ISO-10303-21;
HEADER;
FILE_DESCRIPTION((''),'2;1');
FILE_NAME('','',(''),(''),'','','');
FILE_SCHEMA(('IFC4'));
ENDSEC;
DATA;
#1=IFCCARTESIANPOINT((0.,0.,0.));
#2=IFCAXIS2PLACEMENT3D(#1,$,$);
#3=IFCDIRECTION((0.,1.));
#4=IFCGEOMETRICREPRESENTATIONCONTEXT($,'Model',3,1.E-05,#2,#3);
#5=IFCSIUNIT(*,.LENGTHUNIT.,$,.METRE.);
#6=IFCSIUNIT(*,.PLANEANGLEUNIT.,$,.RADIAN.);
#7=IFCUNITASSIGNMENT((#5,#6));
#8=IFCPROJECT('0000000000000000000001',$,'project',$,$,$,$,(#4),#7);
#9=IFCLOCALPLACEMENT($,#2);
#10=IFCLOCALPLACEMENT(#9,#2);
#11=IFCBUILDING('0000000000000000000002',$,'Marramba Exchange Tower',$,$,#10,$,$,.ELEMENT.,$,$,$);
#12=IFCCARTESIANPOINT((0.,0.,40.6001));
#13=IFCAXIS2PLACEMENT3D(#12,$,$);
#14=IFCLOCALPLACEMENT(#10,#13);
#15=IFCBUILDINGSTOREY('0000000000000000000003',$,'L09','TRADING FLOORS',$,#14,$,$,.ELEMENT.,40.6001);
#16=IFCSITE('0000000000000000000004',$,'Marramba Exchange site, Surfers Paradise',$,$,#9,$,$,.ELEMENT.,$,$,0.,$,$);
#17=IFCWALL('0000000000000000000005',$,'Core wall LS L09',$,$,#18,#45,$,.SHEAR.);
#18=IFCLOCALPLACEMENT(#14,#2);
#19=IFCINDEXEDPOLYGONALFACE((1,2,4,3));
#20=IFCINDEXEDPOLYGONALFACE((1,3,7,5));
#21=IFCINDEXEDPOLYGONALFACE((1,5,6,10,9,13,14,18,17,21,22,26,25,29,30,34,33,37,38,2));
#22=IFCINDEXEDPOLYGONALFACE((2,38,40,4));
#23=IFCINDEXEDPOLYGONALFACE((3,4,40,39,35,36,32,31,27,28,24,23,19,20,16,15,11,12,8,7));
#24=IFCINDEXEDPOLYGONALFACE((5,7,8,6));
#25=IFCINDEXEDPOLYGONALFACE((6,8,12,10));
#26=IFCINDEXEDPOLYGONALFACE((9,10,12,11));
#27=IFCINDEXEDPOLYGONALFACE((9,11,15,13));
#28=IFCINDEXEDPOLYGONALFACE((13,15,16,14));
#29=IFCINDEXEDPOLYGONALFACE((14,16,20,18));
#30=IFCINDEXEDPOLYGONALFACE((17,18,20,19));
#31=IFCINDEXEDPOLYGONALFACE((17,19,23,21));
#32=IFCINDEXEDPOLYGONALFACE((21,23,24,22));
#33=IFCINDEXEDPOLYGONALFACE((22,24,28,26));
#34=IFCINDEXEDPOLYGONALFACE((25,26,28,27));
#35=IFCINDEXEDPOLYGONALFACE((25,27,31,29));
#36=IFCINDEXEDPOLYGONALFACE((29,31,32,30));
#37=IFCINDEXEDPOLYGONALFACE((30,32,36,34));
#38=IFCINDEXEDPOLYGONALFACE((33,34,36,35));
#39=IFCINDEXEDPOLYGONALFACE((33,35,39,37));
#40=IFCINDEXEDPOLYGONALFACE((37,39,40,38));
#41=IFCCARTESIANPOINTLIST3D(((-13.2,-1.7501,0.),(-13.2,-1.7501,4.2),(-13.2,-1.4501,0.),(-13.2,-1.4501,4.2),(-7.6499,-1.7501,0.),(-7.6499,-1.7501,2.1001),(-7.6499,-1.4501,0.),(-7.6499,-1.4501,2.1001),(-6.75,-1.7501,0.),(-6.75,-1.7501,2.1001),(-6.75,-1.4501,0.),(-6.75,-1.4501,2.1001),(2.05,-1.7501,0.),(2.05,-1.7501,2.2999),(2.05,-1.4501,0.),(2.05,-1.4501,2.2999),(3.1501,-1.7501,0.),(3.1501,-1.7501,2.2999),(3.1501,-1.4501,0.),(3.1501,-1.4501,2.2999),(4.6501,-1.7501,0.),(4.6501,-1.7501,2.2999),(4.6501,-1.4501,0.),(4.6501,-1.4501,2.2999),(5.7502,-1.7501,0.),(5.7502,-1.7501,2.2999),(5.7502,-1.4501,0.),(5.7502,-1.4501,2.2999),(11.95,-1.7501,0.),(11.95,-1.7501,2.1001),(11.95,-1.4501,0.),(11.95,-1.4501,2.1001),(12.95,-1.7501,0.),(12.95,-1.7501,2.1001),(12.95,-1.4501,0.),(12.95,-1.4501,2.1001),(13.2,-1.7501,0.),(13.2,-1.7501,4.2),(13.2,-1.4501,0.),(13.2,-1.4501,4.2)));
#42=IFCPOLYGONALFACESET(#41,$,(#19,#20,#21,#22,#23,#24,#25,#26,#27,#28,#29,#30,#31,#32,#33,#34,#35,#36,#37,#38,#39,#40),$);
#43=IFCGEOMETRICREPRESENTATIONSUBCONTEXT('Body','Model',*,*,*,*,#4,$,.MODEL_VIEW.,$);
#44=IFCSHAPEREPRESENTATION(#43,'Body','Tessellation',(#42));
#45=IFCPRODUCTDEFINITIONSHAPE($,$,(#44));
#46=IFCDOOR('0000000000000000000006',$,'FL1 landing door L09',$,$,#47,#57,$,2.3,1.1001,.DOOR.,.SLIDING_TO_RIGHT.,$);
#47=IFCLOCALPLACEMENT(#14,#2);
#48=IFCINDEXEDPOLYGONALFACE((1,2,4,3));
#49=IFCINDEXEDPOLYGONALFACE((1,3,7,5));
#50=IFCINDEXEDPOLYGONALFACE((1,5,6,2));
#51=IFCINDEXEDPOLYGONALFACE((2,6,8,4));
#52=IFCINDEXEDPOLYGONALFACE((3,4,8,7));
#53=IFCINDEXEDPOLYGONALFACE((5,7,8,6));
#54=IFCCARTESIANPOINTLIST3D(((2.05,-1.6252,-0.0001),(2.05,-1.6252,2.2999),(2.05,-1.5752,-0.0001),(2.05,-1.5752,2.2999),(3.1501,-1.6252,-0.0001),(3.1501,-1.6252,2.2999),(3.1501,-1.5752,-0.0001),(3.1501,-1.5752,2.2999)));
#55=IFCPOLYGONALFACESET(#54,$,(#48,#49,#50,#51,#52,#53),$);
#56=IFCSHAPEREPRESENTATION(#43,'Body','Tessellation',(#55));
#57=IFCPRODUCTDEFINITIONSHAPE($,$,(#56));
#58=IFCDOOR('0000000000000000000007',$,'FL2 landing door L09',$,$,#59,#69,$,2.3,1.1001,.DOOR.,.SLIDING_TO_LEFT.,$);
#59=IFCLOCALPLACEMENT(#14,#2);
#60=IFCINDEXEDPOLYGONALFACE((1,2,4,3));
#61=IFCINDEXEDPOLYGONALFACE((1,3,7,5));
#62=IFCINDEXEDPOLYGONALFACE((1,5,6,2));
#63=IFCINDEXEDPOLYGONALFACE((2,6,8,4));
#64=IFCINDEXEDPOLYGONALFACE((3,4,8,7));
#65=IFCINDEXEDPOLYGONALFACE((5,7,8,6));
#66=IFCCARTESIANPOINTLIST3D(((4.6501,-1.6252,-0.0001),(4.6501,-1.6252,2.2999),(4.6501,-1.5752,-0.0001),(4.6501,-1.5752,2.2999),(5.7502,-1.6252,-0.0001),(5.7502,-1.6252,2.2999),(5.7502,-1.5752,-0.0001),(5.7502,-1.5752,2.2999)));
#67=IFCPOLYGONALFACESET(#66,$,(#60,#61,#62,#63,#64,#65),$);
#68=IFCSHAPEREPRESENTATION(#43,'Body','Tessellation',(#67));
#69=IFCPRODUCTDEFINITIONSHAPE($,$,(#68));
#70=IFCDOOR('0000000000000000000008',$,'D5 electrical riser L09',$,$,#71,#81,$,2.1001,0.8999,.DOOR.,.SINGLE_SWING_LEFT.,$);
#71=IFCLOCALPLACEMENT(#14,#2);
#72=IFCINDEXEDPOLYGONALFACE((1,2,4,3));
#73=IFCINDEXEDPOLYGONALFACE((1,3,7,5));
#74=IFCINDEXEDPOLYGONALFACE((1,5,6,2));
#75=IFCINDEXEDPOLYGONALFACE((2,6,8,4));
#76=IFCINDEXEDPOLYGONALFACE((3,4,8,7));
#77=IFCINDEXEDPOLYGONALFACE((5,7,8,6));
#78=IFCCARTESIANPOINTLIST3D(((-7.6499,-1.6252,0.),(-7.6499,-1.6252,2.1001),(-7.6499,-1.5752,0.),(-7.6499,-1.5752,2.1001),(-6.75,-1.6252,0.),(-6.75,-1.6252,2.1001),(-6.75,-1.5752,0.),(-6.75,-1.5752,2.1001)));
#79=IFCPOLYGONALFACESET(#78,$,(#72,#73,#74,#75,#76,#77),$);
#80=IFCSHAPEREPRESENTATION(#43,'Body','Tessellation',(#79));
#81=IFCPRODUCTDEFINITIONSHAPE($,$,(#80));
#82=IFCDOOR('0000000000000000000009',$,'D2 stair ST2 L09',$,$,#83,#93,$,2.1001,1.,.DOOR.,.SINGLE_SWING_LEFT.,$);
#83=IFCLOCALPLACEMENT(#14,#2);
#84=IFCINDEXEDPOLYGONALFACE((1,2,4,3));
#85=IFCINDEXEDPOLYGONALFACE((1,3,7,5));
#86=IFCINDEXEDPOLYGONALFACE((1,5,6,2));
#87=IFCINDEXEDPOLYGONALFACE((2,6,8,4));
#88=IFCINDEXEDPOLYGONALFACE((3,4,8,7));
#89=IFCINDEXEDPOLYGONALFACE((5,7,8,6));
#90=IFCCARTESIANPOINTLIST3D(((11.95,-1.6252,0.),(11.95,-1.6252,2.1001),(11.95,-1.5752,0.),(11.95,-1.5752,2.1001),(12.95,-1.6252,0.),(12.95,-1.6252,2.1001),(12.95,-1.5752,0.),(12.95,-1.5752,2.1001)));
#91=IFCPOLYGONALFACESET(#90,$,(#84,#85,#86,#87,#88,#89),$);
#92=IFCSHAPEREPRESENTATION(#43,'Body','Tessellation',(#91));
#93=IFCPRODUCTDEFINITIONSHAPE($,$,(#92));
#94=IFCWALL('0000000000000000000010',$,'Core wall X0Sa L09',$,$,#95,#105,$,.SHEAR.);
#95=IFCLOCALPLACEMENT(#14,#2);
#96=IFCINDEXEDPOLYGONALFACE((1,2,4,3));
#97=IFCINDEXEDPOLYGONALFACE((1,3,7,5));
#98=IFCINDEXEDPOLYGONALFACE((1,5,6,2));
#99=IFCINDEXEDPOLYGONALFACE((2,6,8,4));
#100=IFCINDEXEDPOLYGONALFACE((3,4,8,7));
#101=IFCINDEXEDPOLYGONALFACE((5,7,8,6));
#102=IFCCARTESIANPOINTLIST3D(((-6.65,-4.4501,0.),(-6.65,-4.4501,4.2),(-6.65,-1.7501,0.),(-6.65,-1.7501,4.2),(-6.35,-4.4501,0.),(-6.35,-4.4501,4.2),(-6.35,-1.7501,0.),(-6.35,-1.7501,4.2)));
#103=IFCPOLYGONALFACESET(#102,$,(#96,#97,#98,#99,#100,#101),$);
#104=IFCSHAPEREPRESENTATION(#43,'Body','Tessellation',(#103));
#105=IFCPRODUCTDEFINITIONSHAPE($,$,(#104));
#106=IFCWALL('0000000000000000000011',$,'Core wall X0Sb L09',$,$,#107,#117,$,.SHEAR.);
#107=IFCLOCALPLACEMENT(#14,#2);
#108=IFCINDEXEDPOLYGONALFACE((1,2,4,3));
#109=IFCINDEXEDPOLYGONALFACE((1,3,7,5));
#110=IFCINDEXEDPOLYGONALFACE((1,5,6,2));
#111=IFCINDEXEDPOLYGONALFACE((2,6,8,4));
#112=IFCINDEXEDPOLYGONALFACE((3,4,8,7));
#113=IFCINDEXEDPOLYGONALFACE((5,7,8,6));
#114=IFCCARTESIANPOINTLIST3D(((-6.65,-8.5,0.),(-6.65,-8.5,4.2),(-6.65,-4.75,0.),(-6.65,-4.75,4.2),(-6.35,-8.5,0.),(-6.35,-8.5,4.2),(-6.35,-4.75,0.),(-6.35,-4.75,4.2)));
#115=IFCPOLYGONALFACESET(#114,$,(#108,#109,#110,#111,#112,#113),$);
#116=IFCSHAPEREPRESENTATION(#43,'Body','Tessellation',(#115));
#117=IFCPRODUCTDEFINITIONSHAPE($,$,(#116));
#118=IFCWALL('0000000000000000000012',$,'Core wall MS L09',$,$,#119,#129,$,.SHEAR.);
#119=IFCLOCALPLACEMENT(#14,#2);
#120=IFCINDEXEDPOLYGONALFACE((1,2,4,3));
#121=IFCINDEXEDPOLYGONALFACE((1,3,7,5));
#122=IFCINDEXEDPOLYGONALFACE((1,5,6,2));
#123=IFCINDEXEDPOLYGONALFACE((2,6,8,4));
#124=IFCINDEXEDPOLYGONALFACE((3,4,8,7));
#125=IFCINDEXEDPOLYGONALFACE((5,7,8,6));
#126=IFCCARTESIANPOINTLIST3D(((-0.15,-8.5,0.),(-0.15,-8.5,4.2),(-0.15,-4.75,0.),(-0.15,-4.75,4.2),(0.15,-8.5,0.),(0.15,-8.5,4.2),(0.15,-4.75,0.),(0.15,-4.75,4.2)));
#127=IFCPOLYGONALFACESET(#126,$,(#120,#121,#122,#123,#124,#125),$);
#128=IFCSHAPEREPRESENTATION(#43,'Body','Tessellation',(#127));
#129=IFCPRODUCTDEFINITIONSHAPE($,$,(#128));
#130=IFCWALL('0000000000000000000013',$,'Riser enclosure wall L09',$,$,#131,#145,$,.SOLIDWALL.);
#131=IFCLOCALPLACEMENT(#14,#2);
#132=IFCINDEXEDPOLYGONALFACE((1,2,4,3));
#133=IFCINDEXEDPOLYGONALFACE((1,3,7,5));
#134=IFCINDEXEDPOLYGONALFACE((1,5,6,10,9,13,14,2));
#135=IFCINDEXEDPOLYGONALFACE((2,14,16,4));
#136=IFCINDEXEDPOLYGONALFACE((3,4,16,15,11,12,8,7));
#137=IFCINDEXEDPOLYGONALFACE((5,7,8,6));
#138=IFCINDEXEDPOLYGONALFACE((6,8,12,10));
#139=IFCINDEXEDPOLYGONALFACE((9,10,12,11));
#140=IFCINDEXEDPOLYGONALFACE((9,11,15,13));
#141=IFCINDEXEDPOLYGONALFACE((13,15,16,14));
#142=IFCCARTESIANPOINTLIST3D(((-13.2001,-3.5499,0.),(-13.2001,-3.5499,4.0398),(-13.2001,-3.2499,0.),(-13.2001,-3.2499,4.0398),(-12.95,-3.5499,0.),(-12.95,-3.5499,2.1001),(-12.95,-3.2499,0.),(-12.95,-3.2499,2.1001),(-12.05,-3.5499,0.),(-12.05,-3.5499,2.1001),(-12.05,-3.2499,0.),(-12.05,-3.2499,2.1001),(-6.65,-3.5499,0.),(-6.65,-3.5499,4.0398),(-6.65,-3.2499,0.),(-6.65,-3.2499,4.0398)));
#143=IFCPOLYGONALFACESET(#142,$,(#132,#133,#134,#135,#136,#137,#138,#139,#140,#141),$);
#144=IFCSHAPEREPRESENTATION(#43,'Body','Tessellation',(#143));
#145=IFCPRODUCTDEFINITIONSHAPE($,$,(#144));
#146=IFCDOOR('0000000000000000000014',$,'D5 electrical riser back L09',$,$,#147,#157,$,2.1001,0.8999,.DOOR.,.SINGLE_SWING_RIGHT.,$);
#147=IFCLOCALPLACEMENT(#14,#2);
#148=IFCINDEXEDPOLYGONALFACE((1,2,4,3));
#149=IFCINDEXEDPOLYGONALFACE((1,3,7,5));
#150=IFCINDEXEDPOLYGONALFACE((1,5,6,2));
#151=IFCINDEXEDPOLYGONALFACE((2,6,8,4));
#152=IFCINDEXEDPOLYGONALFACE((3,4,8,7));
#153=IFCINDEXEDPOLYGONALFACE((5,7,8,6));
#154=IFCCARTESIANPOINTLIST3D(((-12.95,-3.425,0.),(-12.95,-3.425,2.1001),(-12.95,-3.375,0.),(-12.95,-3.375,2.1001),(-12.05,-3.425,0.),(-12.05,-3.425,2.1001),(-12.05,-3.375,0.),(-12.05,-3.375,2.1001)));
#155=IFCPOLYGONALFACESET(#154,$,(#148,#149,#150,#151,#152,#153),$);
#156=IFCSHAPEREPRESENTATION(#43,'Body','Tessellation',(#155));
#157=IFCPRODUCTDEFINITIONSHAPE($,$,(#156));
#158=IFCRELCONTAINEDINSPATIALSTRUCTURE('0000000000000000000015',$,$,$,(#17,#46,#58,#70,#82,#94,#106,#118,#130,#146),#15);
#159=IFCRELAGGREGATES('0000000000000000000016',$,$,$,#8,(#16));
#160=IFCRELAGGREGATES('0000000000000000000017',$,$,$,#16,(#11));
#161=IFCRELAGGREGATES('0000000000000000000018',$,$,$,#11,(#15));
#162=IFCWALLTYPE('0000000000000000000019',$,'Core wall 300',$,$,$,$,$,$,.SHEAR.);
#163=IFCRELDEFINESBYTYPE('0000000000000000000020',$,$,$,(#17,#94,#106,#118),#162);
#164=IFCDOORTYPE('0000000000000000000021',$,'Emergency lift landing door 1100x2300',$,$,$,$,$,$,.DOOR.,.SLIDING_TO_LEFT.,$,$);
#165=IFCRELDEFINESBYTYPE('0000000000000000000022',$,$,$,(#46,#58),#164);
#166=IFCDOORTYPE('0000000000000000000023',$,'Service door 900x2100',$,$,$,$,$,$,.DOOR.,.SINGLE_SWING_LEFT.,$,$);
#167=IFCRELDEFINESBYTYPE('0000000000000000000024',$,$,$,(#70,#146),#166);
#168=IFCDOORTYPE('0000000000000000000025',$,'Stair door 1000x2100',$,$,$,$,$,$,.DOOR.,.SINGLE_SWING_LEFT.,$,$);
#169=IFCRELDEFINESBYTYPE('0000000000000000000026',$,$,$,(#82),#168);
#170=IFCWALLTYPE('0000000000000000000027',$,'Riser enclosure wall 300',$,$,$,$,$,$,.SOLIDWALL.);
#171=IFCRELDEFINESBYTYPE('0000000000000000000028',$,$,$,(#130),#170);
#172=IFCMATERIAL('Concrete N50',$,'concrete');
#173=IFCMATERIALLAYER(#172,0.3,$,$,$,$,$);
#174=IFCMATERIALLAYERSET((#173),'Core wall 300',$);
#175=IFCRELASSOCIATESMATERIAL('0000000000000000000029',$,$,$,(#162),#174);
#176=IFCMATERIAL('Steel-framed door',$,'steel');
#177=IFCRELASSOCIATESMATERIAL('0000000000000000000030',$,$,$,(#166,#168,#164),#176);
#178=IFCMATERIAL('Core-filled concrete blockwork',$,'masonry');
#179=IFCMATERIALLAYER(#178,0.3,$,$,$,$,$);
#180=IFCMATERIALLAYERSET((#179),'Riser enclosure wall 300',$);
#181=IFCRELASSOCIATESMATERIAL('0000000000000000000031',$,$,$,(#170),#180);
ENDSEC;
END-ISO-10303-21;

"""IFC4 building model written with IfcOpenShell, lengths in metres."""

from ifc_helpers import new_model, si_unit, direction, frame, frame_2d, origin, place, context, subcontext, project, spatial, rectangle, extrude, material, layer, layer_set, type_object, element, fill, save


model = new_model("IFC4")

# Units and contexts
model_context = context("Model", 3, precision=1e-05, world=origin(), true_north=direction((0.0, 1.0)))
body_context = subcontext(model_context, "Body", "Model", "MODEL_VIEW")
ifc_project = project(units=[si_unit("LENGTHUNIT", "METRE"), si_unit("PLANEANGLEUNIT", "RADIAN")], contexts=[model_context])

# Site, building, storey
site_placement = place(None, origin())
site = spatial("IfcSite", under=ifc_project, at=site_placement, Name="Marramba Exchange site, Surfers Paradise", CompositionType="ELEMENT", RefElevation=0.0)
building_placement = place(site_placement, origin())
building = spatial("IfcBuilding", under=site, at=building_placement, Name="Marramba Exchange Tower", CompositionType="ELEMENT")
storey_placement = place(building_placement, frame((0.0, 0.0, 40.6001)))
storey = spatial("IfcBuildingStorey", under=building, at=storey_placement, Name="L09", Description="TRADING FLOORS", CompositionType="ELEMENT", Elevation=40.6001)

# Shared definitions
ifc_material_1 = material(Name="Concrete N50", Category="concrete")

# Wall, openings, doors
ifc_layer_1 = layer(ifc_material_1, 0.3)
ifc_layer_set_1 = layer_set([ifc_layer_1], Name="Core wall 300")
wall_type_1 = type_object("IfcWallType", Name="Core wall 300", PredefinedType="SHEAR", material=ifc_layer_set_1)
ifc_material_2 = material(Name="Steel-framed door", Category="steel")
door_type_1 = type_object("IfcDoorType", Name="Service door 900x2100", OperationType="SINGLE_SWING_LEFT", PredefinedType="DOOR", material=ifc_material_2)
door_type_2 = type_object("IfcDoorType", Name="Stair door 1000x2100", OperationType="SINGLE_SWING_LEFT", PredefinedType="DOOR", material=ifc_material_2)
wall_1_placement = place(storey_placement, frame((-13.2, -1.6001, 0.0), z_axis=(0.0, 0.0, 1.0), x_axis=(1.0, 0.0, 0.0)))
wall_1 = element("IfcWall", 1, at=wall_1_placement, inside=storey, type_object=wall_type_1, Name="Core wall LS L09", PredefinedType="SHEAR", context=body_context, shape_type="SweptSolid", body=[
    extrude(rectangle(XDim=26.3999, YDim=0.3, at=frame_2d((13.2, 0.0))), origin(), (0.0, 0.0, 1.0), 4.2),
])
opening_1_placement = place(wall_1_placement, frame((25.1499, 0.0, 0.0)))
opening_1 = element("IfcOpeningElement", 2, at=opening_1_placement, cuts=wall_1, PredefinedType="OPENING", context=body_context, shape_type="SweptSolid", body=[
    extrude(rectangle(XDim=1.0, YDim=2.1001, at=frame_2d((0.5, 1.05))), frame((0.0, 0.1599, 0.0), z_axis=(0.0, -1.0, 0.0), x_axis=(1.0, 0.0, 0.0)), (0.0, 0.0, 1.0), 0.3201),
])
opening_2_placement = place(wall_1_placement, frame((15.25, 0.0, 0.0)))
opening_2 = element("IfcOpeningElement", 3, at=opening_2_placement, cuts=wall_1, PredefinedType="OPENING", context=body_context, shape_type="SweptSolid", body=[
    extrude(rectangle(XDim=1.1001, YDim=2.3, at=frame_2d((0.55, 1.1499))), frame((0.0, 0.1599, 0.0), z_axis=(0.0, -1.0, 0.0), x_axis=(1.0, 0.0, 0.0)), (0.0, 0.0, 1.0), 0.3201),
])
opening_3_placement = place(wall_1_placement, frame((17.8501, 0.0, 0.0)))
opening_3 = element("IfcOpeningElement", 4, at=opening_3_placement, cuts=wall_1, PredefinedType="OPENING", context=body_context, shape_type="SweptSolid", body=[
    extrude(rectangle(XDim=1.1001, YDim=2.3, at=frame_2d((0.55, 1.1499))), frame((0.0, 0.1599, 0.0), z_axis=(0.0, -1.0, 0.0), x_axis=(1.0, 0.0, 0.0)), (0.0, 0.0, 1.0), 0.3201),
])
opening_4_placement = place(wall_1_placement, frame((5.55, 0.0, 0.0)))
opening_4 = element("IfcOpeningElement", 5, at=opening_4_placement, cuts=wall_1, PredefinedType="OPENING", context=body_context, shape_type="SweptSolid", body=[
    extrude(rectangle(XDim=0.8999, YDim=2.1001, at=frame_2d((0.45, 1.05))), frame((0.0, 0.1599, 0.0), z_axis=(0.0, -1.0, 0.0), x_axis=(1.0, 0.0, 0.0)), (0.0, 0.0, 1.0), 0.3201),
])
door_type_3 = type_object("IfcDoorType", Name="Emergency lift landing door 1100x2300", OperationType="SLIDING_TO_LEFT", PredefinedType="DOOR", material=ifc_material_2)
door_1_placement = place(opening_2_placement, frame((1.1001, 0.0, 0.0), z_axis=(0.0, 0.0, 1.0), x_axis=(-1.0, 0.0, 0.0)))
door_1 = element("IfcDoor", 6, at=door_1_placement, inside=storey, type_object=door_type_3, Name="FL1 landing door L09", OperationType="SLIDING_TO_RIGHT", OverallHeight=2.3, OverallWidth=1.1001, PredefinedType="DOOR", context=body_context, shape_type="SweptSolid", body=[
    extrude(rectangle(XDim=1.1001, YDim=2.3, at=frame_2d((0.55, 1.1499))), frame((0.0, 0.0251, 0.0), z_axis=(0.0, -1.0, 0.0), x_axis=(1.0, 0.0, 0.0)), (0.0, 0.0, 1.0), 0.05),
])
fill(opening_2, door_1)
door_2_placement = place(opening_3_placement, frame((1.1001, 0.0, 0.0), z_axis=(0.0, 0.0, 1.0), x_axis=(-1.0, 0.0, 0.0)))
door_2 = element("IfcDoor", 7, at=door_2_placement, inside=storey, type_object=door_type_3, Name="FL2 landing door L09", OperationType="SLIDING_TO_LEFT", OverallHeight=2.3, OverallWidth=1.1001, PredefinedType="DOOR", context=body_context, shape_type="SweptSolid", body=[
    extrude(rectangle(XDim=1.1001, YDim=2.3, at=frame_2d((0.55, 1.1499))), frame((0.0, 0.0251, 0.0), z_axis=(0.0, -1.0, 0.0), x_axis=(1.0, 0.0, 0.0)), (0.0, 0.0, 1.0), 0.05),
])
fill(opening_3, door_2)
door_3_placement = place(opening_4_placement, frame((0.8999, 0.0, 0.0), z_axis=(0.0, 0.0, 1.0), x_axis=(-1.0, 0.0, 0.0)))
door_3 = element("IfcDoor", 8, at=door_3_placement, inside=storey, type_object=door_type_1, Name="D5 electrical riser L09", OperationType="SINGLE_SWING_LEFT", OverallHeight=2.1001, OverallWidth=0.8999, PredefinedType="DOOR", context=body_context, shape_type="SweptSolid", body=[
    extrude(rectangle(XDim=0.8999, YDim=2.1001, at=frame_2d((0.45, 1.05))), frame((0.0, 0.0251, 0.0), z_axis=(0.0, -1.0, 0.0), x_axis=(1.0, 0.0, 0.0)), (0.0, 0.0, 1.0), 0.05),
])
fill(opening_4, door_3)
door_4_placement = place(opening_1_placement, frame((1.0, 0.0, 0.0), z_axis=(0.0, 0.0, 1.0), x_axis=(-1.0, 0.0, 0.0)))
door_4 = element("IfcDoor", 9, at=door_4_placement, inside=storey, type_object=door_type_2, Name="D2 stair ST2 L09", OperationType="SINGLE_SWING_LEFT", OverallHeight=2.1001, OverallWidth=1.0, PredefinedType="DOOR", context=body_context, shape_type="SweptSolid", body=[
    extrude(rectangle(XDim=1.0, YDim=2.1001, at=frame_2d((0.5, 1.05))), frame((0.0, 0.0251, 0.0), z_axis=(0.0, -1.0, 0.0), x_axis=(1.0, 0.0, 0.0)), (0.0, 0.0, 1.0), 0.05),
])
fill(opening_1, door_4)

# Walls
wall_2_placement = place(storey_placement, frame((-6.5, -1.75, 0.0), z_axis=(0.0, 0.0, 1.0), x_axis=(0.0, -1.0, 0.0)))
element("IfcWall", 10, at=wall_2_placement, inside=storey, type_object=wall_type_1, Name="Core wall X0Sa L09", PredefinedType="SHEAR", context=body_context, shape_type="SweptSolid", body=[
    extrude(rectangle(XDim=2.7, YDim=0.3, at=frame_2d((1.3501, 0.0))), origin(), (0.0, 0.0, 1.0), 4.2),
])
for number, where, z_axis, x_axis, name in (
    (11, (-6.5, -4.75, 0.0), (0.0, 0.0, 1.0), (0.0, -1.0, 0.0), "Core wall X0Sb L09"),
    (12, (0.0, -4.75, 0.0), (0.0, 0.0, 1.0), (0.0, -1.0, 0.0), "Core wall MS L09"),
):
    element("IfcWall", number, at=place(storey_placement, frame(where, z_axis=z_axis, x_axis=x_axis)), inside=storey, type_object=wall_type_1, Name=name, PredefinedType="SHEAR", context=body_context, shape_type="SweptSolid", body=[
        extrude(rectangle(XDim=3.75, YDim=0.3, at=frame_2d((1.875, 0.0))), origin(), (0.0, 0.0, 1.0), 4.2),
    ])

# Wall, opening, door
ifc_material_3 = material(Name="Core-filled concrete blockwork", Category="masonry")
ifc_layer_2 = layer(ifc_material_3, 0.3)
ifc_layer_set_2 = layer_set([ifc_layer_2], Name="Riser enclosure wall 300")
wall_type_2 = type_object("IfcWallType", Name="Riser enclosure wall 300", PredefinedType="SOLIDWALL", material=ifc_layer_set_2)
wall_3_placement = place(storey_placement, frame((-13.2, -3.3999, 0.0), z_axis=(0.0, 0.0, 1.0), x_axis=(1.0, 0.0, 0.0)))
wall_3 = element("IfcWall", 13, at=wall_3_placement, inside=storey, type_object=wall_type_2, Name="Riser enclosure wall L09", PredefinedType="SOLIDWALL", context=body_context, shape_type="SweptSolid", body=[
    extrude(rectangle(XDim=6.55, YDim=0.3, at=frame_2d((3.2749, 0.0))), origin(), (0.0, 0.0, 1.0), 4.0398),
])
opening_5_placement = place(wall_3_placement, frame((0.25, 0.0, 0.0)))
opening_5 = element("IfcOpeningElement", 14, at=opening_5_placement, cuts=wall_3, PredefinedType="OPENING", context=body_context, shape_type="SweptSolid", body=[
    extrude(rectangle(XDim=0.8999, YDim=2.1001, at=frame_2d((0.45, 1.05))), frame((0.0, 0.1599, 0.0), z_axis=(0.0, -1.0, 0.0), x_axis=(1.0, 0.0, 0.0)), (0.0, 0.0, 1.0), 0.3201),
])
door_5_placement = place(opening_5_placement, frame((0.8999, 0.0, 0.0), z_axis=(0.0, 0.0, 1.0), x_axis=(-1.0, 0.0, 0.0)))
door_5 = element("IfcDoor", 15, at=door_5_placement, inside=storey, type_object=door_type_1, Name="D5 electrical riser back L09", OperationType="SINGLE_SWING_RIGHT", OverallHeight=2.1001, OverallWidth=0.8999, PredefinedType="DOOR", context=body_context, shape_type="SweptSolid", body=[
    extrude(rectangle(XDim=0.8999, YDim=2.1001, at=frame_2d((0.45, 1.05))), frame((0.0, 0.0251, 0.0), z_axis=(0.0, -1.0, 0.0), x_axis=(1.0, 0.0, 0.0)), (0.0, 0.0, 1.0), 0.05),
])
fill(opening_5, door_5)

save(model, "model.ifc")
